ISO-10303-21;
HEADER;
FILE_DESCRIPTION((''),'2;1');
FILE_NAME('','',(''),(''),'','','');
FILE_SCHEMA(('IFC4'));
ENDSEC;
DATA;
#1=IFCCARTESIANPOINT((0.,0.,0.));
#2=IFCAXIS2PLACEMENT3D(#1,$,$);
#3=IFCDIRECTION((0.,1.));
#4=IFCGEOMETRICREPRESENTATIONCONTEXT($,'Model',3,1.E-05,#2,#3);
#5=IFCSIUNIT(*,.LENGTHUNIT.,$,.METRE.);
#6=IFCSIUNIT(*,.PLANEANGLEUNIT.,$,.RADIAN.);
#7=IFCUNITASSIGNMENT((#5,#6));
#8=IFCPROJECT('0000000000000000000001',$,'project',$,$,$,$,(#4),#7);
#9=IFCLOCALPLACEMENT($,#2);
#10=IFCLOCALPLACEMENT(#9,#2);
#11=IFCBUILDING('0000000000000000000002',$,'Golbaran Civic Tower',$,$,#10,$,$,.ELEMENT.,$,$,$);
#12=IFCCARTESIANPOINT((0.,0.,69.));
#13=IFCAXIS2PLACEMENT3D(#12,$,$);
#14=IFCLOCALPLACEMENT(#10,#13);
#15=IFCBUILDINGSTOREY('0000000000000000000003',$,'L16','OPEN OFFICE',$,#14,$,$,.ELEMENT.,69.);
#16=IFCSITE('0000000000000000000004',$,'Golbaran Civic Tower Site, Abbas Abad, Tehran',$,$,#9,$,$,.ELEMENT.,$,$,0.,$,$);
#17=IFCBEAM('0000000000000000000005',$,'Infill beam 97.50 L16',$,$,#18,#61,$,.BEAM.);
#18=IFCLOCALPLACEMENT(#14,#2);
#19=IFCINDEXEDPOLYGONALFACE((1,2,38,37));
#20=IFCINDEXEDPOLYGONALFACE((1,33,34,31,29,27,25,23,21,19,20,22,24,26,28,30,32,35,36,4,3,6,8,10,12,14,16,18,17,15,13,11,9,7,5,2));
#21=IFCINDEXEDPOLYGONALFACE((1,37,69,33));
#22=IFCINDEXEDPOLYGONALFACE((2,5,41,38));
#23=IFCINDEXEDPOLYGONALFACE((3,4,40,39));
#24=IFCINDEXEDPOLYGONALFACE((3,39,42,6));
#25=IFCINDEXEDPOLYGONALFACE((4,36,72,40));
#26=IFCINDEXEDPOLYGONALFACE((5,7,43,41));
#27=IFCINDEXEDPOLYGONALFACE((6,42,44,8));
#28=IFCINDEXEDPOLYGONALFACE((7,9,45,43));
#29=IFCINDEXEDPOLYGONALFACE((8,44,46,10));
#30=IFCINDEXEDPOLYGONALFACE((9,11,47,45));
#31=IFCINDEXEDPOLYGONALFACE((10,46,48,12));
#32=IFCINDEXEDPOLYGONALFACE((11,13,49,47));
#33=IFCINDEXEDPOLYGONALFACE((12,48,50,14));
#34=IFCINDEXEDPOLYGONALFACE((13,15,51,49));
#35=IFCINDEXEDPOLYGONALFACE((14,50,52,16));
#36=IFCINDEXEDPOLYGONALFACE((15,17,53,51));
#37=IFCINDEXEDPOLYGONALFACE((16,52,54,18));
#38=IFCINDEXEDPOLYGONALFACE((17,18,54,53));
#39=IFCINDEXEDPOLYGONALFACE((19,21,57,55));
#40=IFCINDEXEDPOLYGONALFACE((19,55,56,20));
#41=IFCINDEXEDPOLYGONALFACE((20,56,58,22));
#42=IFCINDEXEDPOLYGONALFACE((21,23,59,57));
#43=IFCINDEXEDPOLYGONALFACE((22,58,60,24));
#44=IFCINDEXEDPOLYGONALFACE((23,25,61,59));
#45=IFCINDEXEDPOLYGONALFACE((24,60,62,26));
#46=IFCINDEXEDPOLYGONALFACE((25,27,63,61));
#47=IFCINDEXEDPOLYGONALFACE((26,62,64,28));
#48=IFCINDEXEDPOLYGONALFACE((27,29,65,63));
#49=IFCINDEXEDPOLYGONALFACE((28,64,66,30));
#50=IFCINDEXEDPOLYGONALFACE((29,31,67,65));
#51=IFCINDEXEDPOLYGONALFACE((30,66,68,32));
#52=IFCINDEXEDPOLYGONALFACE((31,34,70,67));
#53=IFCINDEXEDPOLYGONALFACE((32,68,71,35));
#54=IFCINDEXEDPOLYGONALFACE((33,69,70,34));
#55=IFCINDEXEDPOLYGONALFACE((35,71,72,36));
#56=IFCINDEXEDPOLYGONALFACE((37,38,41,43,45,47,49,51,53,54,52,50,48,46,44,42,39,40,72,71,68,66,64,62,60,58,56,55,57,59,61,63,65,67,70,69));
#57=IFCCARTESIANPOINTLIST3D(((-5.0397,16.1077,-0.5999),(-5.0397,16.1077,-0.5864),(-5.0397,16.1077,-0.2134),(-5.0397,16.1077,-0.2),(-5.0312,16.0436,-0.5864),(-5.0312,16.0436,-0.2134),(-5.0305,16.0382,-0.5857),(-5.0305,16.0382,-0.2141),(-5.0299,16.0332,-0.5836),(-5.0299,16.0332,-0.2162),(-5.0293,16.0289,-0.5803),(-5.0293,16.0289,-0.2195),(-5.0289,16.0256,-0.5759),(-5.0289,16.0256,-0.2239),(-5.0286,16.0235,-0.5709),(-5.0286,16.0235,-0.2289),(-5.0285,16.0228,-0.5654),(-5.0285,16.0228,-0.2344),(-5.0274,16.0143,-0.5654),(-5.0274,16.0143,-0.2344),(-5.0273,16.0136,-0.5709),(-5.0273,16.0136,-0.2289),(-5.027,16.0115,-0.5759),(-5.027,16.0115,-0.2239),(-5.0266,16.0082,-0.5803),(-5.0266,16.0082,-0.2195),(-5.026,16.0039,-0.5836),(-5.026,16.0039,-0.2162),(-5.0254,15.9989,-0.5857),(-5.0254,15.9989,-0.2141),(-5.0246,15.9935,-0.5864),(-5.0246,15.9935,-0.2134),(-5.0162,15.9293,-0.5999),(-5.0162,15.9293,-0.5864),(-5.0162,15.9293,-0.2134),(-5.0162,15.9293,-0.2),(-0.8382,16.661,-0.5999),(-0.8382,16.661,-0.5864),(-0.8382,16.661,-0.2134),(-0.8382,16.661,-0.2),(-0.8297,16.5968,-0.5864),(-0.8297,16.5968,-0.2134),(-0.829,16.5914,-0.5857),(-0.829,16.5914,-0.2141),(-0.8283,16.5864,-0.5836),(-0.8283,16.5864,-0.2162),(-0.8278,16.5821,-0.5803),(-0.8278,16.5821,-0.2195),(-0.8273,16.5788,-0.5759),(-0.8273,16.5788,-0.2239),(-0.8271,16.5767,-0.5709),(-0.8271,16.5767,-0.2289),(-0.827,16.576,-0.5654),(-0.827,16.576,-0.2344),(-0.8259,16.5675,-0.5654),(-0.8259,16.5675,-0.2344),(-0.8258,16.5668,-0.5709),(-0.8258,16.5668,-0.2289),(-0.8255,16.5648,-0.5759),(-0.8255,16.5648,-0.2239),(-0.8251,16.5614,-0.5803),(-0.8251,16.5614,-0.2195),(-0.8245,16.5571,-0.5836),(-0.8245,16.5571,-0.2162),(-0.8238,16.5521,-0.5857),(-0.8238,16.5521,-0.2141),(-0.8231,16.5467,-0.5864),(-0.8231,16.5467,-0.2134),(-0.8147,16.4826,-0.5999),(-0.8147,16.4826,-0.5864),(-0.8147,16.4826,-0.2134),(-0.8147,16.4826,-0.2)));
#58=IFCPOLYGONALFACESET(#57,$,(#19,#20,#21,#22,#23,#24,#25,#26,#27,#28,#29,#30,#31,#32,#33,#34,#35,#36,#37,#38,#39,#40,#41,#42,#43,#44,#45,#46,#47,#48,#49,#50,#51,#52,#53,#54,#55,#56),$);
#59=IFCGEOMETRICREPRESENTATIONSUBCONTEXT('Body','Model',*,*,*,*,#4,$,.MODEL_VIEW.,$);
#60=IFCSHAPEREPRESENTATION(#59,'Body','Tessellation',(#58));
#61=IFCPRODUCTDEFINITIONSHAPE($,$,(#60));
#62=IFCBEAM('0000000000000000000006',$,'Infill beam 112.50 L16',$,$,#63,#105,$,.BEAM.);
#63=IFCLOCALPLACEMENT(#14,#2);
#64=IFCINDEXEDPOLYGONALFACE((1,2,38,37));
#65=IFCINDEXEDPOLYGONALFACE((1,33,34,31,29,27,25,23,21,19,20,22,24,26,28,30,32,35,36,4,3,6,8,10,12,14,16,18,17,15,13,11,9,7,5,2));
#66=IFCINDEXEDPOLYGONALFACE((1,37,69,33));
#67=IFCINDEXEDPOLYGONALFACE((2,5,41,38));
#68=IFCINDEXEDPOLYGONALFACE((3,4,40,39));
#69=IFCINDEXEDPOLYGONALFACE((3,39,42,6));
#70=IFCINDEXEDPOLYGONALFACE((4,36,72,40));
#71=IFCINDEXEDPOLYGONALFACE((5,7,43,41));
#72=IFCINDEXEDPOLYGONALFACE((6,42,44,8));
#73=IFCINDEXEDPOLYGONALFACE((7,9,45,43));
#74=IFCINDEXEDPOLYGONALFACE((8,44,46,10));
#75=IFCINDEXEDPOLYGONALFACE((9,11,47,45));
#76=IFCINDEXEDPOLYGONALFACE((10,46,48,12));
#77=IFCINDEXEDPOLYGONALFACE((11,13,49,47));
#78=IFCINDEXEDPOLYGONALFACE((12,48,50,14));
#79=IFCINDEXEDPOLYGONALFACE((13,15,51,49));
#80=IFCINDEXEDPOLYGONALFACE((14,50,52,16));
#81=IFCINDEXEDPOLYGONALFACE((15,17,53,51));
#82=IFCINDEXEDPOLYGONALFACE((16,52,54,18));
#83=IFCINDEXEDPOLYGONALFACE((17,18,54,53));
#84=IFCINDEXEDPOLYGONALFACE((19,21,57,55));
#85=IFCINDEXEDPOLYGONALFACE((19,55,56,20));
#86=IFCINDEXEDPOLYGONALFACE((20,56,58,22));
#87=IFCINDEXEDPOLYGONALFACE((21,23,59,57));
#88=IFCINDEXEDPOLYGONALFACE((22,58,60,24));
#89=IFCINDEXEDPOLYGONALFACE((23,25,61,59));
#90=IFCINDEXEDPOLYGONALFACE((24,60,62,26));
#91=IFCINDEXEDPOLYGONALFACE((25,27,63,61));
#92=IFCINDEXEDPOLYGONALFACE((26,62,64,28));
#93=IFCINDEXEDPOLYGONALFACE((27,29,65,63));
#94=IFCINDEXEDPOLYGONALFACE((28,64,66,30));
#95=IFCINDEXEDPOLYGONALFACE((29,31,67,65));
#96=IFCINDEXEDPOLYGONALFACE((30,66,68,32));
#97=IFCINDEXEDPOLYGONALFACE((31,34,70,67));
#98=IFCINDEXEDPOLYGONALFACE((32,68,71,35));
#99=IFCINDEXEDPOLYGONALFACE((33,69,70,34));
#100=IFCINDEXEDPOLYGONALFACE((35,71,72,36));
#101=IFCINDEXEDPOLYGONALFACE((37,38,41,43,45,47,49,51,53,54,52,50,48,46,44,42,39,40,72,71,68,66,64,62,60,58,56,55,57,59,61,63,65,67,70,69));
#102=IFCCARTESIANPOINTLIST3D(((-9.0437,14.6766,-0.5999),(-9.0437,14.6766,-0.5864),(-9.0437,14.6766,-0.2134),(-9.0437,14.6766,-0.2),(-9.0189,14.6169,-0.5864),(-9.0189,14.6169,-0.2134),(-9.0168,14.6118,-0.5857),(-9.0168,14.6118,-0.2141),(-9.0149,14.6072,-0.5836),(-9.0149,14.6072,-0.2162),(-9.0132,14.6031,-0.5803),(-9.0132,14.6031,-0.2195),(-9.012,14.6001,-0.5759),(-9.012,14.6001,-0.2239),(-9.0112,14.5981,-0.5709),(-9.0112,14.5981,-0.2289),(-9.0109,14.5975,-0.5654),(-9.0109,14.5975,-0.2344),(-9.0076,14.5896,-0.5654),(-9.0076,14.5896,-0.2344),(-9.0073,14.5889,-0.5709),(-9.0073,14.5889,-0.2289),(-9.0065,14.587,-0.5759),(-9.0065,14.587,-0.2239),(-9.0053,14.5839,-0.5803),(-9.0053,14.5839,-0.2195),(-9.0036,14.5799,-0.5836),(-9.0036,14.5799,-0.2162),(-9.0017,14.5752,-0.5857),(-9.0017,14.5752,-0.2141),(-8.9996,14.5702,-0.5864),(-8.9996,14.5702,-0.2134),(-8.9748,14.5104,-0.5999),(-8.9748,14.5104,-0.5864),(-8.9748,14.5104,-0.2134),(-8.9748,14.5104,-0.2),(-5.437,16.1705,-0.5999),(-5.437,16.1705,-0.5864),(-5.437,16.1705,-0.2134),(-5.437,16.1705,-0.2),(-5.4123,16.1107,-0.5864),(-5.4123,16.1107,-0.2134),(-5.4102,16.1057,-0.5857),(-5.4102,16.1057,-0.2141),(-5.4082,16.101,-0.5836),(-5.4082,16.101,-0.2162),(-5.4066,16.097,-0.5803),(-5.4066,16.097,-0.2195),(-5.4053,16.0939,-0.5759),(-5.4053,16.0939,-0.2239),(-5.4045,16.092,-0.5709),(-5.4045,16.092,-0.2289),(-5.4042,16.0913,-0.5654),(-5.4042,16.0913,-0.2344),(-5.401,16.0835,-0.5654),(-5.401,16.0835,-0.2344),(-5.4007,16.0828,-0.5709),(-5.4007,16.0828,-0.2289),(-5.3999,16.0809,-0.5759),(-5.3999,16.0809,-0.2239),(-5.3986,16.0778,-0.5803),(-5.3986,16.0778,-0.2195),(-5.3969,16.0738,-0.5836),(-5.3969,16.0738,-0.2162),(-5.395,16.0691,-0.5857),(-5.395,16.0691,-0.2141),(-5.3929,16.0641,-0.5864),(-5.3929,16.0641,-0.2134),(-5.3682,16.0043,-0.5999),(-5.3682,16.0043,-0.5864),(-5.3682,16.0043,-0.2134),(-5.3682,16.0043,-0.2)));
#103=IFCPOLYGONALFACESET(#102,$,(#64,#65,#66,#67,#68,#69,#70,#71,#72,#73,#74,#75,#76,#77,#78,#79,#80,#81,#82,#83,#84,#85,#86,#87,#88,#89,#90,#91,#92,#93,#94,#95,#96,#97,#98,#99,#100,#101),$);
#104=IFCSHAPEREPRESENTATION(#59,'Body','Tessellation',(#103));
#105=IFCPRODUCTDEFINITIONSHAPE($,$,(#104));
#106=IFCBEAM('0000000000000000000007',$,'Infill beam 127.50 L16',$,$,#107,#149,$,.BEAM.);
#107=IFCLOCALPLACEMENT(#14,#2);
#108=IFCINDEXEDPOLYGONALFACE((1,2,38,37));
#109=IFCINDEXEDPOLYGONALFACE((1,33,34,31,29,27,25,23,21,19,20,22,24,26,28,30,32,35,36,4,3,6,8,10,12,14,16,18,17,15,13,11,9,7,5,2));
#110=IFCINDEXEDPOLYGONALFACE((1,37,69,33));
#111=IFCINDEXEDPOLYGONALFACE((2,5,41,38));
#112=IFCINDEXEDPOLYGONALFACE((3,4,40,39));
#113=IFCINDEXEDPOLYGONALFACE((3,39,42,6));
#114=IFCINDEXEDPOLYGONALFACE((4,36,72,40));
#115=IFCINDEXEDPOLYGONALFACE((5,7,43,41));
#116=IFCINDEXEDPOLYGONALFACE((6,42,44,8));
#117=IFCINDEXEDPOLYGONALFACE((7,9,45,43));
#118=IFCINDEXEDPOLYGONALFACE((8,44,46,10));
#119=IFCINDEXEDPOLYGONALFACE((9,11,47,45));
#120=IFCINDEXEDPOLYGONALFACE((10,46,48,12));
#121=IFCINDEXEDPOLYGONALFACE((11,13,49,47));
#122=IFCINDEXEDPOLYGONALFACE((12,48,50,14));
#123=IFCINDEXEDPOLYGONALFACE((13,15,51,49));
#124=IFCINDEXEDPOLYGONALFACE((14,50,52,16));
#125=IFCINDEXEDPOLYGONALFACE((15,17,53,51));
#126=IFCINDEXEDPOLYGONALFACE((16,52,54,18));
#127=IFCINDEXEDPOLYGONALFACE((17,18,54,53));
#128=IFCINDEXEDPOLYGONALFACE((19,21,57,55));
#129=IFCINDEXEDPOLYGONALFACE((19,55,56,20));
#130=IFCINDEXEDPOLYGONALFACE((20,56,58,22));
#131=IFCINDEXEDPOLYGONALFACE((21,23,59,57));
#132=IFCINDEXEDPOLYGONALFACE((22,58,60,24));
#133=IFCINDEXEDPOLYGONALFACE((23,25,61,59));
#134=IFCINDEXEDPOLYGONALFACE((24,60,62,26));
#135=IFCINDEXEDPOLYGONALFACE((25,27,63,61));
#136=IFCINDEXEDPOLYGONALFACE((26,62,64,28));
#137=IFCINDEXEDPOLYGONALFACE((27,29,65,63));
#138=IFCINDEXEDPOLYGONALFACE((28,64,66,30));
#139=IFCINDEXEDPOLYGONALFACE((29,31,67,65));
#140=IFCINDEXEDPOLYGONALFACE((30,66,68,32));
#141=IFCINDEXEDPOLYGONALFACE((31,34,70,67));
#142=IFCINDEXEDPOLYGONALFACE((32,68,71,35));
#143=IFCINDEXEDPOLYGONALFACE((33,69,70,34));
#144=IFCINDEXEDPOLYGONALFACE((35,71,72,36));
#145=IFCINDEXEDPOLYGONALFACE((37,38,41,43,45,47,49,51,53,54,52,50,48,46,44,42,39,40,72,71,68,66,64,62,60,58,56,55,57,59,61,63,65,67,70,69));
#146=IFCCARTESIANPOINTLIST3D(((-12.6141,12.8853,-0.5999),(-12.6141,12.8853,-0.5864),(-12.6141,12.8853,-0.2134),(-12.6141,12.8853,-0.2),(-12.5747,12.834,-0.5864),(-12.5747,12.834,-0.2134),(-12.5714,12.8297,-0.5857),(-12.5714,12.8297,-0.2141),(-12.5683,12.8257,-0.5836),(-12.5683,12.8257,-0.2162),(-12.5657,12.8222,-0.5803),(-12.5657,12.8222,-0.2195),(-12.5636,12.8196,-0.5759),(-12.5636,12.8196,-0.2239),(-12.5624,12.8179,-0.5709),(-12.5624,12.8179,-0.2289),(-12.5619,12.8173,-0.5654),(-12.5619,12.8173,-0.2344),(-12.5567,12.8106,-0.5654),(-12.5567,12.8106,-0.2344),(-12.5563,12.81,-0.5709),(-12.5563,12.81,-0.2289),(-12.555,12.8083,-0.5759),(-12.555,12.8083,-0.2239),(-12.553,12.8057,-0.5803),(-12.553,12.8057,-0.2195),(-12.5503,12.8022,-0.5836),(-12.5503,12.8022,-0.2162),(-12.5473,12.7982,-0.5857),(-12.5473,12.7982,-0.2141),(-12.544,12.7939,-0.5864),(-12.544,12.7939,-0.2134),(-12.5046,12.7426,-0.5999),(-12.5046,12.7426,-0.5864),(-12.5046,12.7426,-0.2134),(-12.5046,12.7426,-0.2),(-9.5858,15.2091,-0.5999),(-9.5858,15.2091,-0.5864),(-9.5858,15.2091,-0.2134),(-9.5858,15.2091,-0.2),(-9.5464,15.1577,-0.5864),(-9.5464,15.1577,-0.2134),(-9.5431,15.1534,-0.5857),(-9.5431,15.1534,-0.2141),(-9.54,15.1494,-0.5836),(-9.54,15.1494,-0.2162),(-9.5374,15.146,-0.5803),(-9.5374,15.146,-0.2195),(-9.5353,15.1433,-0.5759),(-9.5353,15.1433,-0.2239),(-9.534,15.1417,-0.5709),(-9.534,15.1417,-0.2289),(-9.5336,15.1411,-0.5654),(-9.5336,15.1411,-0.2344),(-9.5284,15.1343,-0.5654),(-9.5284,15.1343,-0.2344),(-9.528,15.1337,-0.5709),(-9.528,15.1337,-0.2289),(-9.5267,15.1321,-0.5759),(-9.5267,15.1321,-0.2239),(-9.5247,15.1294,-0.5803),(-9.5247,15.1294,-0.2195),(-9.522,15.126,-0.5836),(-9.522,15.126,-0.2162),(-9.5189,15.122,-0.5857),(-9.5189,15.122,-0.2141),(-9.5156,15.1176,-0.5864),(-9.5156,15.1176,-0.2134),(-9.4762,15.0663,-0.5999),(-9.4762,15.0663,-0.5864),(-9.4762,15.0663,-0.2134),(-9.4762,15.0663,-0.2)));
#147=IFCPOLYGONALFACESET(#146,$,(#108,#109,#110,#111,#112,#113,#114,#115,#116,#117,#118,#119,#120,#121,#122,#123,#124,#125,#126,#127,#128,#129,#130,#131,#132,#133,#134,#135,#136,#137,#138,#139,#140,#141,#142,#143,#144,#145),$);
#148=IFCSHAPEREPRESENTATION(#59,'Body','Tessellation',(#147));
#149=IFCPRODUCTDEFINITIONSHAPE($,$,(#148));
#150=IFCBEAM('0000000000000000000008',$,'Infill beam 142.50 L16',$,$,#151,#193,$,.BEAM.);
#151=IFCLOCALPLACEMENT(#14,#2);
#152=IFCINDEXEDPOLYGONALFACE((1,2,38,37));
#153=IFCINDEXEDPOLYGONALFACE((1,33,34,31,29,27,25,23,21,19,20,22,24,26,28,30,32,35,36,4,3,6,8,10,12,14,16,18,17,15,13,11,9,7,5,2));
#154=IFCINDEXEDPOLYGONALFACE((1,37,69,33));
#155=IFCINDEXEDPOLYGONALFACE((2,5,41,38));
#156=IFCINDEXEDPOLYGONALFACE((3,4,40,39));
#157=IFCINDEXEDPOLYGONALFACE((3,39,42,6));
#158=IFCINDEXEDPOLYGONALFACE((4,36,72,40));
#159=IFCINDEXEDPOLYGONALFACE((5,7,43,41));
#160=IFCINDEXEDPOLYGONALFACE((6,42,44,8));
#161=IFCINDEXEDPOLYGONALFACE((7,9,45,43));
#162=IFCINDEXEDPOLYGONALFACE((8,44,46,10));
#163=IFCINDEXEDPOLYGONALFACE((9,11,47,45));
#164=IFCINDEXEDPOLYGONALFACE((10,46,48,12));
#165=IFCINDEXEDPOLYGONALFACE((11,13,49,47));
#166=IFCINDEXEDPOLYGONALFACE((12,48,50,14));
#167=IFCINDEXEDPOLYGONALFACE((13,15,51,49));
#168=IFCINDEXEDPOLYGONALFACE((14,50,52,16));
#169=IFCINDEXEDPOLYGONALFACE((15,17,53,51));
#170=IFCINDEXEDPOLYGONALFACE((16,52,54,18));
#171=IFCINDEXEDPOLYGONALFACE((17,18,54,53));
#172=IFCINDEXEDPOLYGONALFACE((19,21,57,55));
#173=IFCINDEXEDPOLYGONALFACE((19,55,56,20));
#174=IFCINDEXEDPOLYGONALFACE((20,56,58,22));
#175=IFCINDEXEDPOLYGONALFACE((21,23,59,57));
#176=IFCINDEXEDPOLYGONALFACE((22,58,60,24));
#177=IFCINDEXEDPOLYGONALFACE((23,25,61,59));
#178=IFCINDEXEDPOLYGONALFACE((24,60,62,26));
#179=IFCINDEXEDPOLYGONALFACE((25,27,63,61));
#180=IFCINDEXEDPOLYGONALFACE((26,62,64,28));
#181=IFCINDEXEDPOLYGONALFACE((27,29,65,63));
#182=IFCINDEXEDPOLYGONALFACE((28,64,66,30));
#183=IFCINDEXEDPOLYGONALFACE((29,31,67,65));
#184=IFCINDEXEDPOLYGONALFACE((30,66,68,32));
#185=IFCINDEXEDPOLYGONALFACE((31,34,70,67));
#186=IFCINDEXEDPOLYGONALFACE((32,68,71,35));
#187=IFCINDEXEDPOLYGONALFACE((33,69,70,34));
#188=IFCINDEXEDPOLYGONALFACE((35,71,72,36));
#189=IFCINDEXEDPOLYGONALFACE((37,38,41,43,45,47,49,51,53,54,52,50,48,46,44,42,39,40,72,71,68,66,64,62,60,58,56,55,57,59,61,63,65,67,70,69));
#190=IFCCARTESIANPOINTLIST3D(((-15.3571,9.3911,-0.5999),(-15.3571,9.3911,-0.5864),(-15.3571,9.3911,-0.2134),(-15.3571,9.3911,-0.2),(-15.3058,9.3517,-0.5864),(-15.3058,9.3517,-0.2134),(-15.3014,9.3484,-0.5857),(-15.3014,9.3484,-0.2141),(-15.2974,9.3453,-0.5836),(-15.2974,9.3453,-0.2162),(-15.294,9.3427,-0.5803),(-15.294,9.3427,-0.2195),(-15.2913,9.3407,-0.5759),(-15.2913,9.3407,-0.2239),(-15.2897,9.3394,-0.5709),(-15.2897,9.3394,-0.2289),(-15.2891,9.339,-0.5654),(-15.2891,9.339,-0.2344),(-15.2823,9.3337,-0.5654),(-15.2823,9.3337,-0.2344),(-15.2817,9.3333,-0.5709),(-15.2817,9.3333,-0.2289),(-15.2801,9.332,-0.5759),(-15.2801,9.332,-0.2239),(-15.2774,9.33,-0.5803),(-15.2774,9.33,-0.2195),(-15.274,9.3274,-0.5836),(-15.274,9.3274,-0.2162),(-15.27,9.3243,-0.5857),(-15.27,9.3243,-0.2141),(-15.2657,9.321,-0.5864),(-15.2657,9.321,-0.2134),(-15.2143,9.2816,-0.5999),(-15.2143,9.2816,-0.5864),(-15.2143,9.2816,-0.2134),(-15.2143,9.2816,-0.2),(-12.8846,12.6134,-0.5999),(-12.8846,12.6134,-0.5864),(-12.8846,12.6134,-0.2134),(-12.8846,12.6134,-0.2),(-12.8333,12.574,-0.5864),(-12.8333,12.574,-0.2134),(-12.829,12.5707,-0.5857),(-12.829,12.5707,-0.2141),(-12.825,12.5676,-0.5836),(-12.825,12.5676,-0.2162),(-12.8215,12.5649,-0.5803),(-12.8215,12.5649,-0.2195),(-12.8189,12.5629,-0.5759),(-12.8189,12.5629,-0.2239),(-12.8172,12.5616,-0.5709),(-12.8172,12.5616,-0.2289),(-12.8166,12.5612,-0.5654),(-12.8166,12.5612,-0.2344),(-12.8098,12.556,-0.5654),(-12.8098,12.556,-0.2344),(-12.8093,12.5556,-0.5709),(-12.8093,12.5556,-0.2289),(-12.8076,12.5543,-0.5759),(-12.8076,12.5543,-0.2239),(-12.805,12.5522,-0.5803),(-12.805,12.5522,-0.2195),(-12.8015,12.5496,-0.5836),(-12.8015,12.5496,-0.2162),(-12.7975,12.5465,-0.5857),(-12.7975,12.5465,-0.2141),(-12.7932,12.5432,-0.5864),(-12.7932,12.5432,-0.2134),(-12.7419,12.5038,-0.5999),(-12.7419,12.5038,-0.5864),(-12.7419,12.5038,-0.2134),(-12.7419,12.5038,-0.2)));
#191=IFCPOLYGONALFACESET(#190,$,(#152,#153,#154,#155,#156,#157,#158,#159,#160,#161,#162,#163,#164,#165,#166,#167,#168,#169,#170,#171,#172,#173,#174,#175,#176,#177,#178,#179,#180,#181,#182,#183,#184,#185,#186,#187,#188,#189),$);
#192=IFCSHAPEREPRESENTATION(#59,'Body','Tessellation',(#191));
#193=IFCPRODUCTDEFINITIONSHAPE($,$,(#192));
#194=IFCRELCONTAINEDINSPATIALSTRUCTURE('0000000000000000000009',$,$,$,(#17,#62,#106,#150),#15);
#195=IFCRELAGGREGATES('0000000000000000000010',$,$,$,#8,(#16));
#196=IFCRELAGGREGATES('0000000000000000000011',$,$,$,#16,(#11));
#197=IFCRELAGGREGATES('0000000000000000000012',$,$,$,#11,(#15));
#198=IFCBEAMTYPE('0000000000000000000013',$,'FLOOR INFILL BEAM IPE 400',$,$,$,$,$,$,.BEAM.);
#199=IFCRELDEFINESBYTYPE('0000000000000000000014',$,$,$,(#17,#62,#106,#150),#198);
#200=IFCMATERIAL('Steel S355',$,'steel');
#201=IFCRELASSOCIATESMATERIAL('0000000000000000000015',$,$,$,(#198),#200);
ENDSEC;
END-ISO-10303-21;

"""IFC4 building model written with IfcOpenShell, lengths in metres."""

from ifc_helpers import new_model, si_unit, direction, frame, origin, origin_2d, place, context, subcontext, project, spatial, i_section, extrude, material, material_profile, profile_set, type_object, element, save


model = new_model("IFC4")

# Units and contexts
model_context = context("Model", 3, precision=1e-05, world=origin(), true_north=direction((0.0, 1.0)))
body_context = subcontext(model_context, "Body", "Model", "MODEL_VIEW")
ifc_project = project(units=[si_unit("LENGTHUNIT", "METRE"), si_unit("PLANEANGLEUNIT", "RADIAN")], contexts=[model_context])

# Site, building, storey
site_placement = place(None, origin())
site = spatial("IfcSite", under=ifc_project, at=site_placement, Name="Golbaran Civic Tower Site, Abbas Abad, Tehran", CompositionType="ELEMENT", RefElevation=0.0)
building_placement = place(site_placement, origin())
building = spatial("IfcBuilding", under=site, at=building_placement, Name="Golbaran Civic Tower", CompositionType="ELEMENT")
storey_placement = place(building_placement, frame((0.0, 0.0, 69.0)))
storey = spatial("IfcBuildingStorey", under=building, at=storey_placement, Name="L16", Description="OPEN OFFICE", CompositionType="ELEMENT", Elevation=69.0)

# Beams
ifc_material_1 = material(Name="Steel S355", Category="steel")
ifc_material_profile_1 = material_profile(ifc_material_1, i_section(OverallWidth=0.1799, OverallDepth=0.3999, WebThickness=0.0085, FlangeThickness=0.0134, FilletRadius=0.021, at=origin_2d()), Name="IPE 400")
ifc_profile_set_1 = profile_set([ifc_material_profile_1], Name="Steel S355")
beam_type_1 = type_object("IfcBeamType", Name="FLOOR INFILL BEAM IPE 400", PredefinedType="BEAM", material=ifc_profile_set_1)
beam_1_placement = place(storey_placement, frame((-0.8264, 16.5718, -0.3999), z_axis=(-0.991442, -0.130548, 0.0), x_axis=(0.130548, -0.991442, 0.0)))
element("IfcBeam", 1, at=beam_1_placement, inside=storey, type_object=beam_type_1, Name="Infill beam 97.50 L16", PredefinedType="BEAM", context=body_context, shape_type="SweptSolid", body=[
    extrude(i_section(OverallWidth=0.1799, OverallDepth=0.3999, WebThickness=0.0085, FlangeThickness=0.0134, FilletRadius=0.021, at=origin_2d()), origin(), (0.0, 0.0, 1.0), 4.2378),
])
beam_2_placement = place(storey_placement, frame((-5.4026, 16.0874, -0.3999), z_axis=(-0.923883, -0.382674, 0.0), x_axis=(0.382674, -0.923883, 0.0)))
element("IfcBeam", 2, at=beam_2_placement, inside=storey, type_object=beam_type_1, Name="Infill beam 112.50 L16", PredefinedType="BEAM", context=body_context, shape_type="SweptSolid", body=[
    extrude(i_section(OverallWidth=0.1799, OverallDepth=0.3999, WebThickness=0.0085, FlangeThickness=0.0134, FilletRadius=0.021, at=origin_2d()), origin(), (0.0, 0.0, 1.0), 3.9038),
])
beam_3_placement = place(storey_placement, frame((-9.531, 15.1377, -0.3999), z_axis=(-0.793351, -0.608764, 0.0), x_axis=(0.608764, -0.793351, 0.0)))
element("IfcBeam", 3, at=beam_3_placement, inside=storey, type_object=beam_type_1, Name="Infill beam 127.50 L16", PredefinedType="BEAM", context=body_context, shape_type="SweptSolid", body=[
    extrude(i_section(OverallWidth=0.1799, OverallDepth=0.3999, WebThickness=0.0085, FlangeThickness=0.0134, FilletRadius=0.021, at=origin_2d()), origin(), (0.0, 0.0, 1.0), 3.8171),
])
beam_4_placement = place(storey_placement, frame((-12.8132, 12.5586, -0.3999), z_axis=(-0.608755, -0.793359, 0.0), x_axis=(0.793359, -0.608755, 0.0)))
element("IfcBeam", 4, at=beam_4_placement, inside=storey, type_object=beam_type_1, Name="Infill beam 142.50 L16", PredefinedType="BEAM", context=body_context, shape_type="SweptSolid", body=[
    extrude(i_section(OverallWidth=0.1799, OverallDepth=0.3999, WebThickness=0.0085, FlangeThickness=0.0134, FilletRadius=0.021, at=origin_2d()), origin(), (0.0, 0.0, 1.0), 4.0615),
])

save(model, "model.ifc")
